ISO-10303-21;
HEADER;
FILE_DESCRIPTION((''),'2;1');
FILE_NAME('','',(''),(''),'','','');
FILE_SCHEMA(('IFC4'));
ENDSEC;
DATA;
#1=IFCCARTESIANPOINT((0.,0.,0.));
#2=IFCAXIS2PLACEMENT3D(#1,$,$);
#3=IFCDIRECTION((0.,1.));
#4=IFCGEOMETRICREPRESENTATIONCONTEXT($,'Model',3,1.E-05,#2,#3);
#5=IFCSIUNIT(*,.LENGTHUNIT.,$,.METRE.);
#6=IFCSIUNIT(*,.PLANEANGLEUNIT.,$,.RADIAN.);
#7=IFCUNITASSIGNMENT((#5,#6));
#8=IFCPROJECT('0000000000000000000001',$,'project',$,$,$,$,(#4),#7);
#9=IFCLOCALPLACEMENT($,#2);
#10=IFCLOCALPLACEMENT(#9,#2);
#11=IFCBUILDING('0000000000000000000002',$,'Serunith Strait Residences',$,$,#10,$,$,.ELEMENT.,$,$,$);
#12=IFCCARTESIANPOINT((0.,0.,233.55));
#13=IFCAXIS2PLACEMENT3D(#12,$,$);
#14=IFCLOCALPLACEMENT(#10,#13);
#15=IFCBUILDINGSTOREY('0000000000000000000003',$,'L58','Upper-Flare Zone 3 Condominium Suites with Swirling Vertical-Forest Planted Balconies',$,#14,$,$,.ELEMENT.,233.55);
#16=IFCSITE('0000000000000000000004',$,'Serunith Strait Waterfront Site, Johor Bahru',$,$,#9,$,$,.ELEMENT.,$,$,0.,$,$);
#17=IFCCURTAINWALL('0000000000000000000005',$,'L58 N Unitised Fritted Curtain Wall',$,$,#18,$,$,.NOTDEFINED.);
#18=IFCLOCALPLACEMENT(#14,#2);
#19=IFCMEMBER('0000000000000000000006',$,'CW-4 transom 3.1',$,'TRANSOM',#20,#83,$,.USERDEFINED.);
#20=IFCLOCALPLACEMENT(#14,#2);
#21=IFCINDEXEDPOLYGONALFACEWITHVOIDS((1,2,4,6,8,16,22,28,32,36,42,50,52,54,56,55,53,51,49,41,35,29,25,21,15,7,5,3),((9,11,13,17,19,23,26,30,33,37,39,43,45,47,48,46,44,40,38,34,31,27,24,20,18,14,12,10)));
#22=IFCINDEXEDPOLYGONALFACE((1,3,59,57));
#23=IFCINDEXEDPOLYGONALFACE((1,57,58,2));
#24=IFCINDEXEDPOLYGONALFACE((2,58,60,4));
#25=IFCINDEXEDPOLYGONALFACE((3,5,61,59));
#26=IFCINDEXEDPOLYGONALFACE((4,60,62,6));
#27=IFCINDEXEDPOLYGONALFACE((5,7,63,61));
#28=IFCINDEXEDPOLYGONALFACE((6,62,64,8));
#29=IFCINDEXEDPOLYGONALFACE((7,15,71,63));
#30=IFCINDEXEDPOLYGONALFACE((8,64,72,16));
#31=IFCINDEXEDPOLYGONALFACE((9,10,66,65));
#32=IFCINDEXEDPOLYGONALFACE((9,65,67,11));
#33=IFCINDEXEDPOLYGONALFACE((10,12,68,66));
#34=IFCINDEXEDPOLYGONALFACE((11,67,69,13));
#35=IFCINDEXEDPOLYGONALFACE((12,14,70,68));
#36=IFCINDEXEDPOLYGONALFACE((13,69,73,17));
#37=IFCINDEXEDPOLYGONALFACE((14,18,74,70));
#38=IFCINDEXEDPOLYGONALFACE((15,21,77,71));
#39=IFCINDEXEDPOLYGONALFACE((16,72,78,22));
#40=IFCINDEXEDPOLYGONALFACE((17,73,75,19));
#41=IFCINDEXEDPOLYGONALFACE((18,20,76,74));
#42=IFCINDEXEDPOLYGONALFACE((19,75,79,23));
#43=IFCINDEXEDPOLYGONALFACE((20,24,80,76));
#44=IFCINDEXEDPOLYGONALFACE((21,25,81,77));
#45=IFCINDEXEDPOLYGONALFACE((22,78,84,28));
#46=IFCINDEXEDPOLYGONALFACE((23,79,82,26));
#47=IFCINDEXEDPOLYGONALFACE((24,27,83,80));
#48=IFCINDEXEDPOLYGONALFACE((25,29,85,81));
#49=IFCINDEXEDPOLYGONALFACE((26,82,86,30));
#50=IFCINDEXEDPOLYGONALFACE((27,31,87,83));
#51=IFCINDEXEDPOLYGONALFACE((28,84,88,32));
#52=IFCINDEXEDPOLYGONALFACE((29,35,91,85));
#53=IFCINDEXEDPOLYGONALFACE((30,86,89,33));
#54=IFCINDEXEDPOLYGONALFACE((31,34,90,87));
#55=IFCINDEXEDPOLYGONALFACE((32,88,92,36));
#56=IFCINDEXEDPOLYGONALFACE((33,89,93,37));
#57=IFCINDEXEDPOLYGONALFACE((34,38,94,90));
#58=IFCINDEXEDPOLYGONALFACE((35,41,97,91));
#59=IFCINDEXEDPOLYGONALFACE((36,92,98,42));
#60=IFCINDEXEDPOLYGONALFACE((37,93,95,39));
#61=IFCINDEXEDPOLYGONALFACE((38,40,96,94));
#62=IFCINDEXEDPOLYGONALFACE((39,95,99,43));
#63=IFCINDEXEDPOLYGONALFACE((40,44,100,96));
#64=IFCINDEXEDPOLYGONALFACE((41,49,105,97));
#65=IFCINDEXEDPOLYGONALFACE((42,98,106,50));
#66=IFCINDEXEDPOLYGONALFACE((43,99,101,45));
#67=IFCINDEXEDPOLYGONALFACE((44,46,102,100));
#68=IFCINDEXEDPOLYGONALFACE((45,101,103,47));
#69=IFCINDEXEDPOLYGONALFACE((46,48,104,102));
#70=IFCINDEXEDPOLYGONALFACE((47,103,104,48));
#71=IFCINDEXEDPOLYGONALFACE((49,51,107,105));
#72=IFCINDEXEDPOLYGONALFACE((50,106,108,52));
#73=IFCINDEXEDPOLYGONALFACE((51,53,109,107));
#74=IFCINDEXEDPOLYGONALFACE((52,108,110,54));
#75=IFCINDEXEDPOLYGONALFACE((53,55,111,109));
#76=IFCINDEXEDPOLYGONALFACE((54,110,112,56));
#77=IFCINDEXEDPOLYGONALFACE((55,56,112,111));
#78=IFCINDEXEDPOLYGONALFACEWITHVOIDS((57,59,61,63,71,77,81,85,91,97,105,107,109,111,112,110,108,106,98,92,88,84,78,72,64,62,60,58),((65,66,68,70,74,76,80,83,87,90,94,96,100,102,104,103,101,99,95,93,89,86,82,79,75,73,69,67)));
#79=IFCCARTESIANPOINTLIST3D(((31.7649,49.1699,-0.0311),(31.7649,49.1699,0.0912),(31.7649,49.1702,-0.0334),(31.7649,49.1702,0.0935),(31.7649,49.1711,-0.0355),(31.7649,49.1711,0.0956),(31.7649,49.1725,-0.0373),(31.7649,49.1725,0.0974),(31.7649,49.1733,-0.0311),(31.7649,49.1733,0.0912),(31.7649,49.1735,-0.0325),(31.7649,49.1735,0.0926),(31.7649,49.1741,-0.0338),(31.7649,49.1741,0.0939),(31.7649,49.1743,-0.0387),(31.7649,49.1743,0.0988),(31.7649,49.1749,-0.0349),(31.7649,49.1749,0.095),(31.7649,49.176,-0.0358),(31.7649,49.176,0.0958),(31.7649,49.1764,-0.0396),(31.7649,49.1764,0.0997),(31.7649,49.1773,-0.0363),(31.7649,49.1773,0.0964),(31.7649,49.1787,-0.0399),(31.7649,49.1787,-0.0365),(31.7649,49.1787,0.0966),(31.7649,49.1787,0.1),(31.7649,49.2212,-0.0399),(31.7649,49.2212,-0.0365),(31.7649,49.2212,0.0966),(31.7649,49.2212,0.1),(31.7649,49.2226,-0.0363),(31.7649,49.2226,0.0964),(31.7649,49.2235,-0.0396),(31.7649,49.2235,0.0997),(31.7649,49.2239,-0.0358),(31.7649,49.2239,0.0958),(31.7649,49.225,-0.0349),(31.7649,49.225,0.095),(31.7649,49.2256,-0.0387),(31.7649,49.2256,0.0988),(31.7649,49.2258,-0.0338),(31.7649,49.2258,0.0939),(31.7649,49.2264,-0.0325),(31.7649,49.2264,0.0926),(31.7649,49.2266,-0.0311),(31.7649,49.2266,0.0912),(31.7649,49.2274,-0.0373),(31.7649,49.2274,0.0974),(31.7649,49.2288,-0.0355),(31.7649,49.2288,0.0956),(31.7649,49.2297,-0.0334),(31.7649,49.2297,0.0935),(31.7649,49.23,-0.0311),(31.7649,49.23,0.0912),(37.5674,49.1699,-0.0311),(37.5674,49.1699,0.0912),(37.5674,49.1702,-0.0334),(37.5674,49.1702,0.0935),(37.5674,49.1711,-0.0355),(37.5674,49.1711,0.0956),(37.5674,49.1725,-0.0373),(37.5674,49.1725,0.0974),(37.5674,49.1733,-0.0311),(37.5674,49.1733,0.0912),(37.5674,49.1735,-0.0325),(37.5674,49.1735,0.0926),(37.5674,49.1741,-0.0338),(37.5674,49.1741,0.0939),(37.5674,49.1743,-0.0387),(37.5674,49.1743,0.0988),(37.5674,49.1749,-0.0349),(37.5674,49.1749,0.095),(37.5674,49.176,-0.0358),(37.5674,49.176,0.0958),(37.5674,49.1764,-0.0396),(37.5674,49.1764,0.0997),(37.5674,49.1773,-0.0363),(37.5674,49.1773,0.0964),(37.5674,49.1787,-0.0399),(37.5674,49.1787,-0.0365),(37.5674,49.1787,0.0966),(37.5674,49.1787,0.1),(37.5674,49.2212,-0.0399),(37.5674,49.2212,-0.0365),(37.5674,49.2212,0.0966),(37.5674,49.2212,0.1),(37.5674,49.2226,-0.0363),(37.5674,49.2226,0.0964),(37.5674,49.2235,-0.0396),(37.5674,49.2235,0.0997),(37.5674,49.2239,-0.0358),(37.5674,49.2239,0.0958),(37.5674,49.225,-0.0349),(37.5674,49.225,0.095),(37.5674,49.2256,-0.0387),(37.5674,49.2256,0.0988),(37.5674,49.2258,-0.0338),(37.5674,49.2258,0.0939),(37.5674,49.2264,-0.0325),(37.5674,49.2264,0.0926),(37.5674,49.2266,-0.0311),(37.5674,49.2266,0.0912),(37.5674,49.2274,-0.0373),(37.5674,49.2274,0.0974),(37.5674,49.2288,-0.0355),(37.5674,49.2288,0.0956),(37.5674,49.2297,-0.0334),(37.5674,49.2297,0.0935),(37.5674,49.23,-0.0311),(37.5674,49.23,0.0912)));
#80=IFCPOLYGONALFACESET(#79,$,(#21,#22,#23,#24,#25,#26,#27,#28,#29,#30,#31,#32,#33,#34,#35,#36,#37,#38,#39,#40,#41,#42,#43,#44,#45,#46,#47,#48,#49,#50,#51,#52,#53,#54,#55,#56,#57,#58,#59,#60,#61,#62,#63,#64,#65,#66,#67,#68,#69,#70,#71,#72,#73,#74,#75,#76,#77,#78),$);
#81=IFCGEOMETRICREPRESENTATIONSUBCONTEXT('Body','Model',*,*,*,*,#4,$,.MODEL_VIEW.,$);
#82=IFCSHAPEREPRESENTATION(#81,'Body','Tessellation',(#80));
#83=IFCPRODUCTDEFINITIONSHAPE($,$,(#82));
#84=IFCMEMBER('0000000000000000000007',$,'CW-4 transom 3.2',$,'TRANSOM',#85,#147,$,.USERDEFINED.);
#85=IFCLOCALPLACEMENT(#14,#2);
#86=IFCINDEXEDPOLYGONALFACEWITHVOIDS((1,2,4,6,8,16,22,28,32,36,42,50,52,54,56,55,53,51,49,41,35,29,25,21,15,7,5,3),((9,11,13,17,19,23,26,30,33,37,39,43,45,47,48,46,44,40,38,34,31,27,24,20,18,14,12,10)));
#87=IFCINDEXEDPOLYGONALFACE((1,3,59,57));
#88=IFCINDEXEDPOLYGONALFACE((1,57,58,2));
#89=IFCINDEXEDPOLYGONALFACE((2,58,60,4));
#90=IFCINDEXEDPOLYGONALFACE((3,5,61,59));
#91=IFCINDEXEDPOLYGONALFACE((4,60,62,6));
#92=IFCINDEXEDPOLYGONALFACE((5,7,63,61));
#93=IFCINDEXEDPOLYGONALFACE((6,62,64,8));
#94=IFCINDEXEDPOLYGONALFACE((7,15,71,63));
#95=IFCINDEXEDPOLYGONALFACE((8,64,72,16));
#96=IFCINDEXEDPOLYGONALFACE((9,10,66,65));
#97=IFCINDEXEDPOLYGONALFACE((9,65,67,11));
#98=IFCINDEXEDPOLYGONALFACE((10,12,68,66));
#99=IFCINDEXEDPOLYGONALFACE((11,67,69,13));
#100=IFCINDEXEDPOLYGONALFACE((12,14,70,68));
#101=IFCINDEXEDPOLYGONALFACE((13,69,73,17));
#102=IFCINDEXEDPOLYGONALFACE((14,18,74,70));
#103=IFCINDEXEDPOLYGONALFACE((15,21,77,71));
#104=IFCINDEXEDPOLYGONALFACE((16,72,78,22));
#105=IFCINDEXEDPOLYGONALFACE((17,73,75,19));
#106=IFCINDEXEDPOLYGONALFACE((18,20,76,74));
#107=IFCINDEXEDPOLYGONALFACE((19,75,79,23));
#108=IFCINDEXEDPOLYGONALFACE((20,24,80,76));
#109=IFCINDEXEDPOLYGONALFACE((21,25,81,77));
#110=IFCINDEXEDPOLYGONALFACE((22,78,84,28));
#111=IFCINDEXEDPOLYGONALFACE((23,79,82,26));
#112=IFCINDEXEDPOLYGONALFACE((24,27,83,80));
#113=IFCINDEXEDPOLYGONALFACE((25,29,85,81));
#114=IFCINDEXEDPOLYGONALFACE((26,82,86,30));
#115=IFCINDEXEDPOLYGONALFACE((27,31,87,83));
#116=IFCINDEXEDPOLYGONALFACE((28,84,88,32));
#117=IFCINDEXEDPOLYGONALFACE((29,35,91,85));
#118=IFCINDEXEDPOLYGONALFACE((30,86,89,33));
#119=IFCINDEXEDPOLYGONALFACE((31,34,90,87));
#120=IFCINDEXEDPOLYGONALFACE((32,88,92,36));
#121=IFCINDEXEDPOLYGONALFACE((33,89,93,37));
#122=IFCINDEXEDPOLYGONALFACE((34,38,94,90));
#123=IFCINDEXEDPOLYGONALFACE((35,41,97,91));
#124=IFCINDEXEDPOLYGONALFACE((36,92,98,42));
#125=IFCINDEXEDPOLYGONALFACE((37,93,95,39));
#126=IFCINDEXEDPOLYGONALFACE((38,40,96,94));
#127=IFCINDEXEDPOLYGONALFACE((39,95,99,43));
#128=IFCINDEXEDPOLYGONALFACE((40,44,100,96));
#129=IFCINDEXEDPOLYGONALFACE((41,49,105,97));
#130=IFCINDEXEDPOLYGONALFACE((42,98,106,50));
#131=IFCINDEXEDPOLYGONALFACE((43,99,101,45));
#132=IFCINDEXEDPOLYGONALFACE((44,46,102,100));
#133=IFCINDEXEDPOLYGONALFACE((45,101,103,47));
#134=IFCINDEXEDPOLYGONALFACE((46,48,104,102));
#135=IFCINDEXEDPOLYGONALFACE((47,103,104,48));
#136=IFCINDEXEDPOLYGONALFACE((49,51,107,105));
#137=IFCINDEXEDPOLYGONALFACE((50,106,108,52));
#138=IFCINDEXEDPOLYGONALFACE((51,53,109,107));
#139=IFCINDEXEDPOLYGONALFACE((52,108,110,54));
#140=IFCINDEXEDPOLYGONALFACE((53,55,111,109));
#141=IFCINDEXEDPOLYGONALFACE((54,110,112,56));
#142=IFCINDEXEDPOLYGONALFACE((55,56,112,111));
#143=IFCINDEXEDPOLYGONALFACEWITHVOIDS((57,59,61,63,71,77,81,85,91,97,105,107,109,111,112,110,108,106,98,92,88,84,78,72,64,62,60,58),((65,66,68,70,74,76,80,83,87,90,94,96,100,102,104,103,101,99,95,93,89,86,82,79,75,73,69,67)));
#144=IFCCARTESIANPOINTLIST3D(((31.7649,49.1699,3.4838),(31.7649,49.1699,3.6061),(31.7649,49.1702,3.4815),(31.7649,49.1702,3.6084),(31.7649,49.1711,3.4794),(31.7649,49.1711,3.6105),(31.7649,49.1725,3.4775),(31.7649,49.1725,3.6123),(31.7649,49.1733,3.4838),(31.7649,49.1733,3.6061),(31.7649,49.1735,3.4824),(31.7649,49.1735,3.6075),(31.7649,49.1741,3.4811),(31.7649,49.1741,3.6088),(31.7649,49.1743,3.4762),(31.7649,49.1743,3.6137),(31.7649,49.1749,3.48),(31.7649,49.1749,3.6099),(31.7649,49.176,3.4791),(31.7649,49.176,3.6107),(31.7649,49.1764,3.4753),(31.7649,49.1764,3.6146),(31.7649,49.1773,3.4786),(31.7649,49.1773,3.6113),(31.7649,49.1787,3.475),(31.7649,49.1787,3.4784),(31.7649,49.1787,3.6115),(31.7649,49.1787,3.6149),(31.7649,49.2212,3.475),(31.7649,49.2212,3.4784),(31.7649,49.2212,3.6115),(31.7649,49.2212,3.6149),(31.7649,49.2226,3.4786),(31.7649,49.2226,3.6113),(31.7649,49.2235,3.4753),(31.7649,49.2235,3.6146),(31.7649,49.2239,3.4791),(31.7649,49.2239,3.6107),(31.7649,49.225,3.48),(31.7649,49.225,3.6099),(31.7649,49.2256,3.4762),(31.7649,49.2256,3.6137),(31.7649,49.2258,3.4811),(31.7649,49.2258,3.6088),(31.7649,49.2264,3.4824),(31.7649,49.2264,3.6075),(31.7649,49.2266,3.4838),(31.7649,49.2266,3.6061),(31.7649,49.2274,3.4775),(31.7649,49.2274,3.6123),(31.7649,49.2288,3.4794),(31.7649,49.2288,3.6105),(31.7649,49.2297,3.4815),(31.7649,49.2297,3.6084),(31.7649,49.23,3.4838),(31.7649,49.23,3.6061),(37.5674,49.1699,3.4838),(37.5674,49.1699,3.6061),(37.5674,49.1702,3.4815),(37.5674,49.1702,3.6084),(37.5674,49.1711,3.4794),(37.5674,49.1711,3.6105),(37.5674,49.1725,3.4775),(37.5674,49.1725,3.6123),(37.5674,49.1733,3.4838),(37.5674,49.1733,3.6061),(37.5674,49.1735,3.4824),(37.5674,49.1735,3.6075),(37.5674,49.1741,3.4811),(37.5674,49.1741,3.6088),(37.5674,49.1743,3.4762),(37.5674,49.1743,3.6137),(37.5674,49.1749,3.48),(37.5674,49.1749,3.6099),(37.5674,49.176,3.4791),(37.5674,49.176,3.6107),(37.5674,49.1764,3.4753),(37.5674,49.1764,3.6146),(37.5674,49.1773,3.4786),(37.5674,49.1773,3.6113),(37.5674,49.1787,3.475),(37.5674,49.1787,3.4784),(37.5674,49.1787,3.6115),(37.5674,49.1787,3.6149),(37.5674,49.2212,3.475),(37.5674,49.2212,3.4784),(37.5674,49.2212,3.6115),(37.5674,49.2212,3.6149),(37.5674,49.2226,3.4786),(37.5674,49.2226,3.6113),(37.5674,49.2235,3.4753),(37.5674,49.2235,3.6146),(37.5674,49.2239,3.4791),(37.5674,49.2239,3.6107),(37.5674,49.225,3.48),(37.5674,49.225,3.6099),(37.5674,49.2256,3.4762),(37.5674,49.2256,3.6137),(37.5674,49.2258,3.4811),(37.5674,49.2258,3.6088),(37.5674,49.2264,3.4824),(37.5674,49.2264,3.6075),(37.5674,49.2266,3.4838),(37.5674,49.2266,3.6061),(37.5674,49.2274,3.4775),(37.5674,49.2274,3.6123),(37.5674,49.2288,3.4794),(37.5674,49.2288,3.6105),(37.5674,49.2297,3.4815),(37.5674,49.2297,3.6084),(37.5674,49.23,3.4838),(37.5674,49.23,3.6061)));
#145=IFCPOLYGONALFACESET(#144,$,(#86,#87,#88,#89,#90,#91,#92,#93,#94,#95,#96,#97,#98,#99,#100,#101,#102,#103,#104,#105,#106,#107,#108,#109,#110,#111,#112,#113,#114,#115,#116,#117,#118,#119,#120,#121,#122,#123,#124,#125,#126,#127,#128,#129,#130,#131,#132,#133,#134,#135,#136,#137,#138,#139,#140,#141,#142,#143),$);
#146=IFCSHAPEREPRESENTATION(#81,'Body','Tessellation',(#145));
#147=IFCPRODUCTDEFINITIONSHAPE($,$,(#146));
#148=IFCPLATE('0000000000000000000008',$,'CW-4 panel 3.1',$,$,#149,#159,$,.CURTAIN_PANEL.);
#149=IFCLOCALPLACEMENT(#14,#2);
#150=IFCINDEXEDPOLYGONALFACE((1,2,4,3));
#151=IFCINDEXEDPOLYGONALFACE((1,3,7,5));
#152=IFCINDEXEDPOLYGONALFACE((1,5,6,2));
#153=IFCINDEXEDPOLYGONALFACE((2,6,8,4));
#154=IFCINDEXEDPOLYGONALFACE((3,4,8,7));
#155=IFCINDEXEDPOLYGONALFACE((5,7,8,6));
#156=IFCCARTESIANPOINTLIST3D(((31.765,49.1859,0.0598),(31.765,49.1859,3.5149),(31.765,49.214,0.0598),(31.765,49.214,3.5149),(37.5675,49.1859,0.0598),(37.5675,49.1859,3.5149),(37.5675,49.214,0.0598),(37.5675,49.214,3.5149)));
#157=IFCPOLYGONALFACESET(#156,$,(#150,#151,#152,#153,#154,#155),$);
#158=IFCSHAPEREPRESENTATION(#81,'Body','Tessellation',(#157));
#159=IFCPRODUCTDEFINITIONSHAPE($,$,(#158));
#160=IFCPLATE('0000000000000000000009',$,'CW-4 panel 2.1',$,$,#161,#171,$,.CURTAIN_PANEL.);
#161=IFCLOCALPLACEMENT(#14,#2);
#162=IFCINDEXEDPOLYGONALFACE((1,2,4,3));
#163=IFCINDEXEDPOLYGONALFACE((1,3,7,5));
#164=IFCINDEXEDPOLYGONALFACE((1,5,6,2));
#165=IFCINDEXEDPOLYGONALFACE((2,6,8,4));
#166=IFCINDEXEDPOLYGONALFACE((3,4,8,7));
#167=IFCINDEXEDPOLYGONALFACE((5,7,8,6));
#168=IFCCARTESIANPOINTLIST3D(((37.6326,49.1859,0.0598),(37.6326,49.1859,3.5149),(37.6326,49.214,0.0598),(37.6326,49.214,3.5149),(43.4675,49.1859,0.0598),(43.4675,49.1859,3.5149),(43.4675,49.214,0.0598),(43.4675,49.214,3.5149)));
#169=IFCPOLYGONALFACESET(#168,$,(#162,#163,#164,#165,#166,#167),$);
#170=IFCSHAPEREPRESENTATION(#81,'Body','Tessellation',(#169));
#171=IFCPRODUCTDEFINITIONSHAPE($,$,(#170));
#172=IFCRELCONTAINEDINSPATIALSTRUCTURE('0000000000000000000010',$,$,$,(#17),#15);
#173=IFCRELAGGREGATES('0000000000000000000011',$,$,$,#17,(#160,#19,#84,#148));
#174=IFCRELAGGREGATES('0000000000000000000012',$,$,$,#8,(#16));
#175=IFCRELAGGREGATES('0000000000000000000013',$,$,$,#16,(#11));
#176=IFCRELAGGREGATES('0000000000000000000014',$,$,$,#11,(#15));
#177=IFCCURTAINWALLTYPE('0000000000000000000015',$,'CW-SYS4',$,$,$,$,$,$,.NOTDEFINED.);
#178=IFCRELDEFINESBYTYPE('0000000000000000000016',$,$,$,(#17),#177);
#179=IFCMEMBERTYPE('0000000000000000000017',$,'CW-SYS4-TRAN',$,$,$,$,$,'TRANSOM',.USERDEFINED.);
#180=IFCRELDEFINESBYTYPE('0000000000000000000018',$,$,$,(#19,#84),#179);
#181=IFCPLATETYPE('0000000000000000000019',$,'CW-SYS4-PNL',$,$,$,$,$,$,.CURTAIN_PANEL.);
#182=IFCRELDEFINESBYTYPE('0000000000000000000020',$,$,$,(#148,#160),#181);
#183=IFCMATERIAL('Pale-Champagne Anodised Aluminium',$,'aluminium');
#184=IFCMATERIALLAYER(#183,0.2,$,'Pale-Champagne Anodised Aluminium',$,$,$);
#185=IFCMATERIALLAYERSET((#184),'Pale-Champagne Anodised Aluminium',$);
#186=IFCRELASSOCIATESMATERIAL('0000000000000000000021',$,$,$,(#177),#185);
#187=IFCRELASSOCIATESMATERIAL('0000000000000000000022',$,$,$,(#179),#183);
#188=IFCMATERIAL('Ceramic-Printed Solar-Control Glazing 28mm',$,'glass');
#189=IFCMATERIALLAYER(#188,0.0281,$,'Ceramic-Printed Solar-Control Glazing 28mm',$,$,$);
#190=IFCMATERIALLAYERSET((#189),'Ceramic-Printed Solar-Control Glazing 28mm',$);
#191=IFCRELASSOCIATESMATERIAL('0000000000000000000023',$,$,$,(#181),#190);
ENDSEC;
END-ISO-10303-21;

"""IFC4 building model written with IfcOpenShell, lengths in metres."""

from ifc_helpers import new_model, si_unit, direction, frame, origin, origin_2d, place, context, subcontext, project, spatial, rectangle, hollow_rectangle, extrude, source, transform, mapped, material, layer, layer_set, material_profile, profile_set, type_object, element, aggregate, save


model = new_model("IFC4")

# Units and contexts
model_context = context("Model", 3, precision=1e-05, world=origin(), true_north=direction((0.0, 1.0)))
body_context = subcontext(model_context, "Body", "Model", "MODEL_VIEW")
ifc_project = project(units=[si_unit("LENGTHUNIT", "METRE"), si_unit("PLANEANGLEUNIT", "RADIAN")], contexts=[model_context])

# Site, building, storey
site_placement = place(None, origin())
site = spatial("IfcSite", under=ifc_project, at=site_placement, Name="Serunith Strait Waterfront Site, Johor Bahru", CompositionType="ELEMENT", RefElevation=0.0)
building_placement = place(site_placement, origin())
building = spatial("IfcBuilding", under=site, at=building_placement, Name="Serunith Strait Residences", CompositionType="ELEMENT")
storey_placement = place(building_placement, frame((0.0, 0.0, 233.55)))
storey = spatial("IfcBuildingStorey", under=building, at=storey_placement, Name="L58", Description="Upper-Flare Zone 3 Condominium Suites with Swirling Vertical-Forest Planted Balconies", CompositionType="ELEMENT", Elevation=233.55)

# Curtain wall, members, plates
ifc_material_1 = material(Name="Pale-Champagne Anodised Aluminium", Category="aluminium")
ifc_layer_1 = layer(ifc_material_1, 0.2, Name="Pale-Champagne Anodised Aluminium")
ifc_layer_set_1 = layer_set([ifc_layer_1], Name="Pale-Champagne Anodised Aluminium")
curtain_wall_type = type_object("IfcCurtainWallType", Name="CW-SYS4", PredefinedType="NOTDEFINED", material=ifc_layer_set_1)
curtain_wall_placement = place(storey_placement, origin())
curtain_wall = element("IfcCurtainWall", 1, at=curtain_wall_placement, inside=storey, type_object=curtain_wall_type, Name="L58 N Unitised Fritted Curtain Wall", PredefinedType="NOTDEFINED")
ifc_material_profile_1 = material_profile(ifc_material_1, hollow_rectangle(XDim=0.0601, YDim=0.1399, WallThickness=0.0034, InnerFilletRadius=0.0054, OuterFilletRadius=0.0088, at=origin_2d()), Name="ALU 140x60x3.5")
ifc_profile_set_1 = profile_set([ifc_material_profile_1], Name="Pale-Champagne Anodised Aluminium")
member_type_1 = type_object("IfcMemberType", Name="CW-SYS4-TRAN", ElementType="TRANSOM", PredefinedType="USERDEFINED", material=ifc_profile_set_1)
shared_shape_1 = source(origin(), body_context, "Body", "SweptSolid", [
    extrude(hollow_rectangle(XDim=0.0601, YDim=0.1399, WallThickness=0.0034, InnerFilletRadius=0.0054, OuterFilletRadius=0.0088, at=origin_2d()), origin(), (0.0, 0.0, 1.0), 5.8025),
])
member_1_placement = place(storey_placement, frame((37.5674, 49.2, 0.03), z_axis=(-1.0, 0.0, 0.0), x_axis=(0.0, -1.0, 0.0)))
member_1 = element("IfcMember", 2, at=member_1_placement, type_object=member_type_1, Name="CW-4 transom 3.1", ObjectType="TRANSOM", PredefinedType="USERDEFINED", context=body_context, shape_type="MappedRepresentation", body=[
    mapped(shared_shape_1, transform((0.0, 0.0, 0.0), scale=1.0)),
])
member_2_placement = place(storey_placement, frame((37.5674, 49.2, 3.5449), z_axis=(-1.0, 0.0, 0.0), x_axis=(0.0, -1.0, 0.0)))
member_2 = element("IfcMember", 3, at=member_2_placement, type_object=member_type_1, Name="CW-4 transom 3.2", ObjectType="TRANSOM", PredefinedType="USERDEFINED", context=body_context, shape_type="MappedRepresentation", body=[
    mapped(shared_shape_1, transform((0.0, 0.0, 0.0), scale=1.0)),
])
ifc_material_2 = material(Name="Ceramic-Printed Solar-Control Glazing 28mm", Category="glass")
ifc_layer_2 = layer(ifc_material_2, 0.0281, Name="Ceramic-Printed Solar-Control Glazing 28mm")
ifc_layer_set_2 = layer_set([ifc_layer_2], Name="Ceramic-Printed Solar-Control Glazing 28mm")
plate_type = type_object("IfcPlateType", Name="CW-SYS4-PNL", PredefinedType="CURTAIN_PANEL", material=ifc_layer_set_2)
shared_shape_2 = source(origin(), body_context, "Body", "SweptSolid", [
    extrude(rectangle(XDim=5.8025, YDim=0.0281, at=origin_2d()), origin(), (0.0, 0.0, 1.0), 3.4551),
])
plate_1_placement = place(storey_placement, frame((34.6663, 49.2, 0.0598), z_axis=(0.0, 0.0, 1.0), x_axis=(-1.0, 0.0, 0.0)))
plate_1 = element("IfcPlate", 4, at=plate_1_placement, type_object=plate_type, Name="CW-4 panel 3.1", PredefinedType="CURTAIN_PANEL", context=body_context, shape_type="MappedRepresentation", body=[
    mapped(shared_shape_2, transform((0.0, 0.0, 0.0), scale=1.0)),
])
shared_shape_3 = source(origin(), body_context, "Body", "SweptSolid", [
    extrude(rectangle(XDim=5.835, YDim=0.0281, at=origin_2d()), origin(), (0.0, 0.0, 1.0), 3.4551),
])
plate_2_placement = place(storey_placement, frame((40.55, 49.2, 0.0598), z_axis=(0.0, 0.0, 1.0), x_axis=(-1.0, 0.0, 0.0)))
plate_2 = element("IfcPlate", 5, at=plate_2_placement, type_object=plate_type, Name="CW-4 panel 2.1", PredefinedType="CURTAIN_PANEL", context=body_context, shape_type="MappedRepresentation", body=[
    mapped(shared_shape_3, transform((0.0, 0.0, 0.0), scale=1.0)),
])
aggregate(curtain_wall, [plate_2, member_1, member_2, plate_1])

save(model, "model.ifc")
